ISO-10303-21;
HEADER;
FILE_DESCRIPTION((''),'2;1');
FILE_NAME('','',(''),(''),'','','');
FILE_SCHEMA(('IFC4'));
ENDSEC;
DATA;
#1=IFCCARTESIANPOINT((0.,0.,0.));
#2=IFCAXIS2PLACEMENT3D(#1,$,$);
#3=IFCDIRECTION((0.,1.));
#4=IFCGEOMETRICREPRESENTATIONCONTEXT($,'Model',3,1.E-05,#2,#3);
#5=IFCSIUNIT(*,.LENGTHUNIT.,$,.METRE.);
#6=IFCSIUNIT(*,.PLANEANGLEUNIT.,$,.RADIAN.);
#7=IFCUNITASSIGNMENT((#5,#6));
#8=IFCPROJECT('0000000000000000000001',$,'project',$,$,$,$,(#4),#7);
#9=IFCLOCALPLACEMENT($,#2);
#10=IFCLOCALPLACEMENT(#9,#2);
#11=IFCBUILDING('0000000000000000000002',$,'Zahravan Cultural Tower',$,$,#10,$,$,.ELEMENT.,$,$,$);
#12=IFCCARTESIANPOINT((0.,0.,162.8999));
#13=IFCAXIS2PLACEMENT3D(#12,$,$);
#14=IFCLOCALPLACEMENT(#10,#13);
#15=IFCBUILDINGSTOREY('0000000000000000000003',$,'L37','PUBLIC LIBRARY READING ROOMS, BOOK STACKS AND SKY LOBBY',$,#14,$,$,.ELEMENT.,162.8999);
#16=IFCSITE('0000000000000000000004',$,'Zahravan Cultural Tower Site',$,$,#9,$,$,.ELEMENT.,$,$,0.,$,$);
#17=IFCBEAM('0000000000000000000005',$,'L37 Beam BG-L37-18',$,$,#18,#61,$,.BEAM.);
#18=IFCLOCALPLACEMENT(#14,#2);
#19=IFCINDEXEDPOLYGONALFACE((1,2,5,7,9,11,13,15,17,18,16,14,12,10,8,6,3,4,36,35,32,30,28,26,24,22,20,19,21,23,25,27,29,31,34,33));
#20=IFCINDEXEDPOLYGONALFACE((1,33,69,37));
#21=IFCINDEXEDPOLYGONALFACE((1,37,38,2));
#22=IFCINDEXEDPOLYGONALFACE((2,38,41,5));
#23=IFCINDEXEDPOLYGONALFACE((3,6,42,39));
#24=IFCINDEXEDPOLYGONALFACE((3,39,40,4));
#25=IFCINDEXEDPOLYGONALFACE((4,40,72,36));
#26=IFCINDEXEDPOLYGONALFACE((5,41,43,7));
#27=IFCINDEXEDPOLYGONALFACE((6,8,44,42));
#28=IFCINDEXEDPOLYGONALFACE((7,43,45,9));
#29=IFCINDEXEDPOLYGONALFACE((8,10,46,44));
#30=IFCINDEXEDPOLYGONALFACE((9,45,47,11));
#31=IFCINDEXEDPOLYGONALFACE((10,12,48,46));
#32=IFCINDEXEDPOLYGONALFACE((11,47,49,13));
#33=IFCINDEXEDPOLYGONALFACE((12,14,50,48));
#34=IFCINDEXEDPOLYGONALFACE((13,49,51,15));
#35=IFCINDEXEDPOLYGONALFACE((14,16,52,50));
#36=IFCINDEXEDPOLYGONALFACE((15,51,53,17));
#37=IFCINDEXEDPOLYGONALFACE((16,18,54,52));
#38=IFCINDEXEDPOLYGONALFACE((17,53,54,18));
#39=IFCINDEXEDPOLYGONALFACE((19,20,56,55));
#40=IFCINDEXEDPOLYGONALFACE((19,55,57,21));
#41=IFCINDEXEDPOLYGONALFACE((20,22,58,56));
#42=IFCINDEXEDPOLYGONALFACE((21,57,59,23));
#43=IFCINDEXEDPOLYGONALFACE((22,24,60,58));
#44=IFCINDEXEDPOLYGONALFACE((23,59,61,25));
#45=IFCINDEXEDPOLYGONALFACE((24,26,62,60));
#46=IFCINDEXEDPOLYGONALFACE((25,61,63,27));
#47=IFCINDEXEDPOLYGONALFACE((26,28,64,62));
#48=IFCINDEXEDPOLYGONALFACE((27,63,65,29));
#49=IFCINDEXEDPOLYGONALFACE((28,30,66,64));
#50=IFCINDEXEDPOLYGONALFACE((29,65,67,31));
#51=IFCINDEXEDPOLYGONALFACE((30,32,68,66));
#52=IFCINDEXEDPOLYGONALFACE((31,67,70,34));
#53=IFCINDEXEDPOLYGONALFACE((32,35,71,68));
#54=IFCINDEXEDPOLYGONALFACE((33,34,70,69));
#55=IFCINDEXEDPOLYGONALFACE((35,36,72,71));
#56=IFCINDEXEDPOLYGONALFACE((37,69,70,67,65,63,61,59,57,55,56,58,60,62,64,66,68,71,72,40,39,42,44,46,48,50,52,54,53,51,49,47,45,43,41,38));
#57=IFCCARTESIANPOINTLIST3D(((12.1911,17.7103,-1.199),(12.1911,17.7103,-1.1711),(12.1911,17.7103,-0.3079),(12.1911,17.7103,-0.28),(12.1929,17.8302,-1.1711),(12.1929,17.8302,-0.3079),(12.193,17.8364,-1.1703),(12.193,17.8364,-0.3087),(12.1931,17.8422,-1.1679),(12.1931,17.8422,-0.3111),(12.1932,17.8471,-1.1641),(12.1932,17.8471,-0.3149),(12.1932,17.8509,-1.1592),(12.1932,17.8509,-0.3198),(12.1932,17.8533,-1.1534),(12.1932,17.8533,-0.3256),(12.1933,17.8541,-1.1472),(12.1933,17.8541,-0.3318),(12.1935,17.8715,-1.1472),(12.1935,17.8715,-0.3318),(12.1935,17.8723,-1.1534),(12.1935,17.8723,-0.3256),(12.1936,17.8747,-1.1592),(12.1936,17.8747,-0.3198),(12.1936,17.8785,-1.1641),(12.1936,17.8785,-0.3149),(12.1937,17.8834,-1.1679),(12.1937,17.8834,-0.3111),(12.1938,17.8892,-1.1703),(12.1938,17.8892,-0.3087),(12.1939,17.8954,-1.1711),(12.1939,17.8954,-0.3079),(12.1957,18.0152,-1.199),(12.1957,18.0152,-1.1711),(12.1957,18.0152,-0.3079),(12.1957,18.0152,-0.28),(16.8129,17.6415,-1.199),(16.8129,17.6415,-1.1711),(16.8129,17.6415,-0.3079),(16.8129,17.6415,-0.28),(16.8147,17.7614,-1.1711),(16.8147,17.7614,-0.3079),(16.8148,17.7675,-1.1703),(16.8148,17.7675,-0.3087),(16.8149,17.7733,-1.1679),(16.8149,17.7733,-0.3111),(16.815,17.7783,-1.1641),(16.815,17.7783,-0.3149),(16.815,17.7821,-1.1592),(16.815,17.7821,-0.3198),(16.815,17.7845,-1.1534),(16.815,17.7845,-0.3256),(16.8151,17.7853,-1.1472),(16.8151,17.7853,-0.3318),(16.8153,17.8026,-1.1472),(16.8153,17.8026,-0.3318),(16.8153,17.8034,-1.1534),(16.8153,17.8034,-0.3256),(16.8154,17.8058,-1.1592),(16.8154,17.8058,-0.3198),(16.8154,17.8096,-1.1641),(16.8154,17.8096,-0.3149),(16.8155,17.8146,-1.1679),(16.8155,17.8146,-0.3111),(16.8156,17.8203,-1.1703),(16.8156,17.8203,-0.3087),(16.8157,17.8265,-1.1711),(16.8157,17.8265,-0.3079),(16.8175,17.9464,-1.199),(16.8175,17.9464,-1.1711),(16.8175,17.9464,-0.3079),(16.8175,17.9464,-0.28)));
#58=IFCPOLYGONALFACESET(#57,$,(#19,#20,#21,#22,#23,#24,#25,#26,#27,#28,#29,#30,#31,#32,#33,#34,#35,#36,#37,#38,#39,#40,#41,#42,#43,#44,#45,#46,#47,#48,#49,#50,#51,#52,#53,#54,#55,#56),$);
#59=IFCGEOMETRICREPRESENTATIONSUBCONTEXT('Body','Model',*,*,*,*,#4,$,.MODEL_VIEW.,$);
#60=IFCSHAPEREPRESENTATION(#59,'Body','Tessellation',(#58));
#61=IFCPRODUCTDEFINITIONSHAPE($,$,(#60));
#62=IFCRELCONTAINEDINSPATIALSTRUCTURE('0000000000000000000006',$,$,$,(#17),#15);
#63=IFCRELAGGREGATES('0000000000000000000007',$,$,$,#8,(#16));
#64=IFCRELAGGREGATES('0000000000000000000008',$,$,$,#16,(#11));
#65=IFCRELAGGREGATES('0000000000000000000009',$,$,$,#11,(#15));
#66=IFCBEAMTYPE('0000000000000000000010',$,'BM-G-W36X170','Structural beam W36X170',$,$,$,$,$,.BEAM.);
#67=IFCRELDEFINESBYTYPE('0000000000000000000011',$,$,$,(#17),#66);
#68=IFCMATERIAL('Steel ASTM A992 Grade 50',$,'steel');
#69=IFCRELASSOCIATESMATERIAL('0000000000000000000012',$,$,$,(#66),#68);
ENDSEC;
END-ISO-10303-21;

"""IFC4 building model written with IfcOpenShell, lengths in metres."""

from ifc_helpers import new_model, si_unit, direction, frame, origin, origin_2d, place, context, subcontext, project, spatial, i_section, extrude, source, transform, mapped, material, material_profile, profile_set, type_object, element, save


model = new_model("IFC4")

# Units and contexts
model_context = context("Model", 3, precision=1e-05, world=origin(), true_north=direction((0.0, 1.0)))
body_context = subcontext(model_context, "Body", "Model", "MODEL_VIEW")
ifc_project = project(units=[si_unit("LENGTHUNIT", "METRE"), si_unit("PLANEANGLEUNIT", "RADIAN")], contexts=[model_context])

# Site, building, storey
site_placement = place(None, origin())
site = spatial("IfcSite", under=ifc_project, at=site_placement, Name="Zahravan Cultural Tower Site", CompositionType="ELEMENT", RefElevation=0.0)
building_placement = place(site_placement, origin())
building = spatial("IfcBuilding", under=site, at=building_placement, Name="Zahravan Cultural Tower", CompositionType="ELEMENT")
storey_placement = place(building_placement, frame((0.0, 0.0, 162.8999)))
storey = spatial("IfcBuildingStorey", under=building, at=storey_placement, Name="L37", Description="PUBLIC LIBRARY READING ROOMS, BOOK STACKS AND SKY LOBBY", CompositionType="ELEMENT", Elevation=162.8999)

# Shared definitions
ifc_material_1 = material(Name="Steel ASTM A992 Grade 50", Category="steel")

# Beam
ifc_material_profile_1 = material_profile(ifc_material_1, i_section(OverallWidth=0.3049, OverallDepth=0.9189, WebThickness=0.0173, FlangeThickness=0.0278, FilletRadius=0.0239, at=origin_2d()), Name="W36X170")
ifc_profile_set_1 = profile_set([ifc_material_profile_1], Name="Steel ASTM A992 Grade 50")
beam_type_1 = type_object("IfcBeamType", Name="BM-G-W36X170", Description="Structural beam W36X170", PredefinedType="BEAM", material=ifc_profile_set_1)
shared_shape_1 = source(origin(), body_context, "Body", "SweptSolid", [
    extrude(i_section(OverallWidth=0.3049, OverallDepth=0.9189, WebThickness=0.0173, FlangeThickness=0.0278, FilletRadius=0.0239, at=origin_2d()), origin(), (0.0, 0.0, 1.0), 4.6223),
])
beam_1_placement = place(storey_placement, frame((16.8152, 17.7939, -0.7395), z_axis=(-0.999889, 0.014895, 0.0), x_axis=(-0.014895, -0.999889, 0.0)))
element("IfcBeam", 1, at=beam_1_placement, inside=storey, type_object=beam_type_1, Name="L37 Beam BG-L37-18", PredefinedType="BEAM", context=body_context, shape_type="MappedRepresentation", body=[
    mapped(shared_shape_1, transform((0.0, 0.0, 0.0), x_axis=(1.0, 0.0, 0.0), y_axis=(0.0, 1.0, 0.0), z_axis=(0.0, 0.0, 1.0), scale=1.0)),
])

save(model, "model.ifc")
